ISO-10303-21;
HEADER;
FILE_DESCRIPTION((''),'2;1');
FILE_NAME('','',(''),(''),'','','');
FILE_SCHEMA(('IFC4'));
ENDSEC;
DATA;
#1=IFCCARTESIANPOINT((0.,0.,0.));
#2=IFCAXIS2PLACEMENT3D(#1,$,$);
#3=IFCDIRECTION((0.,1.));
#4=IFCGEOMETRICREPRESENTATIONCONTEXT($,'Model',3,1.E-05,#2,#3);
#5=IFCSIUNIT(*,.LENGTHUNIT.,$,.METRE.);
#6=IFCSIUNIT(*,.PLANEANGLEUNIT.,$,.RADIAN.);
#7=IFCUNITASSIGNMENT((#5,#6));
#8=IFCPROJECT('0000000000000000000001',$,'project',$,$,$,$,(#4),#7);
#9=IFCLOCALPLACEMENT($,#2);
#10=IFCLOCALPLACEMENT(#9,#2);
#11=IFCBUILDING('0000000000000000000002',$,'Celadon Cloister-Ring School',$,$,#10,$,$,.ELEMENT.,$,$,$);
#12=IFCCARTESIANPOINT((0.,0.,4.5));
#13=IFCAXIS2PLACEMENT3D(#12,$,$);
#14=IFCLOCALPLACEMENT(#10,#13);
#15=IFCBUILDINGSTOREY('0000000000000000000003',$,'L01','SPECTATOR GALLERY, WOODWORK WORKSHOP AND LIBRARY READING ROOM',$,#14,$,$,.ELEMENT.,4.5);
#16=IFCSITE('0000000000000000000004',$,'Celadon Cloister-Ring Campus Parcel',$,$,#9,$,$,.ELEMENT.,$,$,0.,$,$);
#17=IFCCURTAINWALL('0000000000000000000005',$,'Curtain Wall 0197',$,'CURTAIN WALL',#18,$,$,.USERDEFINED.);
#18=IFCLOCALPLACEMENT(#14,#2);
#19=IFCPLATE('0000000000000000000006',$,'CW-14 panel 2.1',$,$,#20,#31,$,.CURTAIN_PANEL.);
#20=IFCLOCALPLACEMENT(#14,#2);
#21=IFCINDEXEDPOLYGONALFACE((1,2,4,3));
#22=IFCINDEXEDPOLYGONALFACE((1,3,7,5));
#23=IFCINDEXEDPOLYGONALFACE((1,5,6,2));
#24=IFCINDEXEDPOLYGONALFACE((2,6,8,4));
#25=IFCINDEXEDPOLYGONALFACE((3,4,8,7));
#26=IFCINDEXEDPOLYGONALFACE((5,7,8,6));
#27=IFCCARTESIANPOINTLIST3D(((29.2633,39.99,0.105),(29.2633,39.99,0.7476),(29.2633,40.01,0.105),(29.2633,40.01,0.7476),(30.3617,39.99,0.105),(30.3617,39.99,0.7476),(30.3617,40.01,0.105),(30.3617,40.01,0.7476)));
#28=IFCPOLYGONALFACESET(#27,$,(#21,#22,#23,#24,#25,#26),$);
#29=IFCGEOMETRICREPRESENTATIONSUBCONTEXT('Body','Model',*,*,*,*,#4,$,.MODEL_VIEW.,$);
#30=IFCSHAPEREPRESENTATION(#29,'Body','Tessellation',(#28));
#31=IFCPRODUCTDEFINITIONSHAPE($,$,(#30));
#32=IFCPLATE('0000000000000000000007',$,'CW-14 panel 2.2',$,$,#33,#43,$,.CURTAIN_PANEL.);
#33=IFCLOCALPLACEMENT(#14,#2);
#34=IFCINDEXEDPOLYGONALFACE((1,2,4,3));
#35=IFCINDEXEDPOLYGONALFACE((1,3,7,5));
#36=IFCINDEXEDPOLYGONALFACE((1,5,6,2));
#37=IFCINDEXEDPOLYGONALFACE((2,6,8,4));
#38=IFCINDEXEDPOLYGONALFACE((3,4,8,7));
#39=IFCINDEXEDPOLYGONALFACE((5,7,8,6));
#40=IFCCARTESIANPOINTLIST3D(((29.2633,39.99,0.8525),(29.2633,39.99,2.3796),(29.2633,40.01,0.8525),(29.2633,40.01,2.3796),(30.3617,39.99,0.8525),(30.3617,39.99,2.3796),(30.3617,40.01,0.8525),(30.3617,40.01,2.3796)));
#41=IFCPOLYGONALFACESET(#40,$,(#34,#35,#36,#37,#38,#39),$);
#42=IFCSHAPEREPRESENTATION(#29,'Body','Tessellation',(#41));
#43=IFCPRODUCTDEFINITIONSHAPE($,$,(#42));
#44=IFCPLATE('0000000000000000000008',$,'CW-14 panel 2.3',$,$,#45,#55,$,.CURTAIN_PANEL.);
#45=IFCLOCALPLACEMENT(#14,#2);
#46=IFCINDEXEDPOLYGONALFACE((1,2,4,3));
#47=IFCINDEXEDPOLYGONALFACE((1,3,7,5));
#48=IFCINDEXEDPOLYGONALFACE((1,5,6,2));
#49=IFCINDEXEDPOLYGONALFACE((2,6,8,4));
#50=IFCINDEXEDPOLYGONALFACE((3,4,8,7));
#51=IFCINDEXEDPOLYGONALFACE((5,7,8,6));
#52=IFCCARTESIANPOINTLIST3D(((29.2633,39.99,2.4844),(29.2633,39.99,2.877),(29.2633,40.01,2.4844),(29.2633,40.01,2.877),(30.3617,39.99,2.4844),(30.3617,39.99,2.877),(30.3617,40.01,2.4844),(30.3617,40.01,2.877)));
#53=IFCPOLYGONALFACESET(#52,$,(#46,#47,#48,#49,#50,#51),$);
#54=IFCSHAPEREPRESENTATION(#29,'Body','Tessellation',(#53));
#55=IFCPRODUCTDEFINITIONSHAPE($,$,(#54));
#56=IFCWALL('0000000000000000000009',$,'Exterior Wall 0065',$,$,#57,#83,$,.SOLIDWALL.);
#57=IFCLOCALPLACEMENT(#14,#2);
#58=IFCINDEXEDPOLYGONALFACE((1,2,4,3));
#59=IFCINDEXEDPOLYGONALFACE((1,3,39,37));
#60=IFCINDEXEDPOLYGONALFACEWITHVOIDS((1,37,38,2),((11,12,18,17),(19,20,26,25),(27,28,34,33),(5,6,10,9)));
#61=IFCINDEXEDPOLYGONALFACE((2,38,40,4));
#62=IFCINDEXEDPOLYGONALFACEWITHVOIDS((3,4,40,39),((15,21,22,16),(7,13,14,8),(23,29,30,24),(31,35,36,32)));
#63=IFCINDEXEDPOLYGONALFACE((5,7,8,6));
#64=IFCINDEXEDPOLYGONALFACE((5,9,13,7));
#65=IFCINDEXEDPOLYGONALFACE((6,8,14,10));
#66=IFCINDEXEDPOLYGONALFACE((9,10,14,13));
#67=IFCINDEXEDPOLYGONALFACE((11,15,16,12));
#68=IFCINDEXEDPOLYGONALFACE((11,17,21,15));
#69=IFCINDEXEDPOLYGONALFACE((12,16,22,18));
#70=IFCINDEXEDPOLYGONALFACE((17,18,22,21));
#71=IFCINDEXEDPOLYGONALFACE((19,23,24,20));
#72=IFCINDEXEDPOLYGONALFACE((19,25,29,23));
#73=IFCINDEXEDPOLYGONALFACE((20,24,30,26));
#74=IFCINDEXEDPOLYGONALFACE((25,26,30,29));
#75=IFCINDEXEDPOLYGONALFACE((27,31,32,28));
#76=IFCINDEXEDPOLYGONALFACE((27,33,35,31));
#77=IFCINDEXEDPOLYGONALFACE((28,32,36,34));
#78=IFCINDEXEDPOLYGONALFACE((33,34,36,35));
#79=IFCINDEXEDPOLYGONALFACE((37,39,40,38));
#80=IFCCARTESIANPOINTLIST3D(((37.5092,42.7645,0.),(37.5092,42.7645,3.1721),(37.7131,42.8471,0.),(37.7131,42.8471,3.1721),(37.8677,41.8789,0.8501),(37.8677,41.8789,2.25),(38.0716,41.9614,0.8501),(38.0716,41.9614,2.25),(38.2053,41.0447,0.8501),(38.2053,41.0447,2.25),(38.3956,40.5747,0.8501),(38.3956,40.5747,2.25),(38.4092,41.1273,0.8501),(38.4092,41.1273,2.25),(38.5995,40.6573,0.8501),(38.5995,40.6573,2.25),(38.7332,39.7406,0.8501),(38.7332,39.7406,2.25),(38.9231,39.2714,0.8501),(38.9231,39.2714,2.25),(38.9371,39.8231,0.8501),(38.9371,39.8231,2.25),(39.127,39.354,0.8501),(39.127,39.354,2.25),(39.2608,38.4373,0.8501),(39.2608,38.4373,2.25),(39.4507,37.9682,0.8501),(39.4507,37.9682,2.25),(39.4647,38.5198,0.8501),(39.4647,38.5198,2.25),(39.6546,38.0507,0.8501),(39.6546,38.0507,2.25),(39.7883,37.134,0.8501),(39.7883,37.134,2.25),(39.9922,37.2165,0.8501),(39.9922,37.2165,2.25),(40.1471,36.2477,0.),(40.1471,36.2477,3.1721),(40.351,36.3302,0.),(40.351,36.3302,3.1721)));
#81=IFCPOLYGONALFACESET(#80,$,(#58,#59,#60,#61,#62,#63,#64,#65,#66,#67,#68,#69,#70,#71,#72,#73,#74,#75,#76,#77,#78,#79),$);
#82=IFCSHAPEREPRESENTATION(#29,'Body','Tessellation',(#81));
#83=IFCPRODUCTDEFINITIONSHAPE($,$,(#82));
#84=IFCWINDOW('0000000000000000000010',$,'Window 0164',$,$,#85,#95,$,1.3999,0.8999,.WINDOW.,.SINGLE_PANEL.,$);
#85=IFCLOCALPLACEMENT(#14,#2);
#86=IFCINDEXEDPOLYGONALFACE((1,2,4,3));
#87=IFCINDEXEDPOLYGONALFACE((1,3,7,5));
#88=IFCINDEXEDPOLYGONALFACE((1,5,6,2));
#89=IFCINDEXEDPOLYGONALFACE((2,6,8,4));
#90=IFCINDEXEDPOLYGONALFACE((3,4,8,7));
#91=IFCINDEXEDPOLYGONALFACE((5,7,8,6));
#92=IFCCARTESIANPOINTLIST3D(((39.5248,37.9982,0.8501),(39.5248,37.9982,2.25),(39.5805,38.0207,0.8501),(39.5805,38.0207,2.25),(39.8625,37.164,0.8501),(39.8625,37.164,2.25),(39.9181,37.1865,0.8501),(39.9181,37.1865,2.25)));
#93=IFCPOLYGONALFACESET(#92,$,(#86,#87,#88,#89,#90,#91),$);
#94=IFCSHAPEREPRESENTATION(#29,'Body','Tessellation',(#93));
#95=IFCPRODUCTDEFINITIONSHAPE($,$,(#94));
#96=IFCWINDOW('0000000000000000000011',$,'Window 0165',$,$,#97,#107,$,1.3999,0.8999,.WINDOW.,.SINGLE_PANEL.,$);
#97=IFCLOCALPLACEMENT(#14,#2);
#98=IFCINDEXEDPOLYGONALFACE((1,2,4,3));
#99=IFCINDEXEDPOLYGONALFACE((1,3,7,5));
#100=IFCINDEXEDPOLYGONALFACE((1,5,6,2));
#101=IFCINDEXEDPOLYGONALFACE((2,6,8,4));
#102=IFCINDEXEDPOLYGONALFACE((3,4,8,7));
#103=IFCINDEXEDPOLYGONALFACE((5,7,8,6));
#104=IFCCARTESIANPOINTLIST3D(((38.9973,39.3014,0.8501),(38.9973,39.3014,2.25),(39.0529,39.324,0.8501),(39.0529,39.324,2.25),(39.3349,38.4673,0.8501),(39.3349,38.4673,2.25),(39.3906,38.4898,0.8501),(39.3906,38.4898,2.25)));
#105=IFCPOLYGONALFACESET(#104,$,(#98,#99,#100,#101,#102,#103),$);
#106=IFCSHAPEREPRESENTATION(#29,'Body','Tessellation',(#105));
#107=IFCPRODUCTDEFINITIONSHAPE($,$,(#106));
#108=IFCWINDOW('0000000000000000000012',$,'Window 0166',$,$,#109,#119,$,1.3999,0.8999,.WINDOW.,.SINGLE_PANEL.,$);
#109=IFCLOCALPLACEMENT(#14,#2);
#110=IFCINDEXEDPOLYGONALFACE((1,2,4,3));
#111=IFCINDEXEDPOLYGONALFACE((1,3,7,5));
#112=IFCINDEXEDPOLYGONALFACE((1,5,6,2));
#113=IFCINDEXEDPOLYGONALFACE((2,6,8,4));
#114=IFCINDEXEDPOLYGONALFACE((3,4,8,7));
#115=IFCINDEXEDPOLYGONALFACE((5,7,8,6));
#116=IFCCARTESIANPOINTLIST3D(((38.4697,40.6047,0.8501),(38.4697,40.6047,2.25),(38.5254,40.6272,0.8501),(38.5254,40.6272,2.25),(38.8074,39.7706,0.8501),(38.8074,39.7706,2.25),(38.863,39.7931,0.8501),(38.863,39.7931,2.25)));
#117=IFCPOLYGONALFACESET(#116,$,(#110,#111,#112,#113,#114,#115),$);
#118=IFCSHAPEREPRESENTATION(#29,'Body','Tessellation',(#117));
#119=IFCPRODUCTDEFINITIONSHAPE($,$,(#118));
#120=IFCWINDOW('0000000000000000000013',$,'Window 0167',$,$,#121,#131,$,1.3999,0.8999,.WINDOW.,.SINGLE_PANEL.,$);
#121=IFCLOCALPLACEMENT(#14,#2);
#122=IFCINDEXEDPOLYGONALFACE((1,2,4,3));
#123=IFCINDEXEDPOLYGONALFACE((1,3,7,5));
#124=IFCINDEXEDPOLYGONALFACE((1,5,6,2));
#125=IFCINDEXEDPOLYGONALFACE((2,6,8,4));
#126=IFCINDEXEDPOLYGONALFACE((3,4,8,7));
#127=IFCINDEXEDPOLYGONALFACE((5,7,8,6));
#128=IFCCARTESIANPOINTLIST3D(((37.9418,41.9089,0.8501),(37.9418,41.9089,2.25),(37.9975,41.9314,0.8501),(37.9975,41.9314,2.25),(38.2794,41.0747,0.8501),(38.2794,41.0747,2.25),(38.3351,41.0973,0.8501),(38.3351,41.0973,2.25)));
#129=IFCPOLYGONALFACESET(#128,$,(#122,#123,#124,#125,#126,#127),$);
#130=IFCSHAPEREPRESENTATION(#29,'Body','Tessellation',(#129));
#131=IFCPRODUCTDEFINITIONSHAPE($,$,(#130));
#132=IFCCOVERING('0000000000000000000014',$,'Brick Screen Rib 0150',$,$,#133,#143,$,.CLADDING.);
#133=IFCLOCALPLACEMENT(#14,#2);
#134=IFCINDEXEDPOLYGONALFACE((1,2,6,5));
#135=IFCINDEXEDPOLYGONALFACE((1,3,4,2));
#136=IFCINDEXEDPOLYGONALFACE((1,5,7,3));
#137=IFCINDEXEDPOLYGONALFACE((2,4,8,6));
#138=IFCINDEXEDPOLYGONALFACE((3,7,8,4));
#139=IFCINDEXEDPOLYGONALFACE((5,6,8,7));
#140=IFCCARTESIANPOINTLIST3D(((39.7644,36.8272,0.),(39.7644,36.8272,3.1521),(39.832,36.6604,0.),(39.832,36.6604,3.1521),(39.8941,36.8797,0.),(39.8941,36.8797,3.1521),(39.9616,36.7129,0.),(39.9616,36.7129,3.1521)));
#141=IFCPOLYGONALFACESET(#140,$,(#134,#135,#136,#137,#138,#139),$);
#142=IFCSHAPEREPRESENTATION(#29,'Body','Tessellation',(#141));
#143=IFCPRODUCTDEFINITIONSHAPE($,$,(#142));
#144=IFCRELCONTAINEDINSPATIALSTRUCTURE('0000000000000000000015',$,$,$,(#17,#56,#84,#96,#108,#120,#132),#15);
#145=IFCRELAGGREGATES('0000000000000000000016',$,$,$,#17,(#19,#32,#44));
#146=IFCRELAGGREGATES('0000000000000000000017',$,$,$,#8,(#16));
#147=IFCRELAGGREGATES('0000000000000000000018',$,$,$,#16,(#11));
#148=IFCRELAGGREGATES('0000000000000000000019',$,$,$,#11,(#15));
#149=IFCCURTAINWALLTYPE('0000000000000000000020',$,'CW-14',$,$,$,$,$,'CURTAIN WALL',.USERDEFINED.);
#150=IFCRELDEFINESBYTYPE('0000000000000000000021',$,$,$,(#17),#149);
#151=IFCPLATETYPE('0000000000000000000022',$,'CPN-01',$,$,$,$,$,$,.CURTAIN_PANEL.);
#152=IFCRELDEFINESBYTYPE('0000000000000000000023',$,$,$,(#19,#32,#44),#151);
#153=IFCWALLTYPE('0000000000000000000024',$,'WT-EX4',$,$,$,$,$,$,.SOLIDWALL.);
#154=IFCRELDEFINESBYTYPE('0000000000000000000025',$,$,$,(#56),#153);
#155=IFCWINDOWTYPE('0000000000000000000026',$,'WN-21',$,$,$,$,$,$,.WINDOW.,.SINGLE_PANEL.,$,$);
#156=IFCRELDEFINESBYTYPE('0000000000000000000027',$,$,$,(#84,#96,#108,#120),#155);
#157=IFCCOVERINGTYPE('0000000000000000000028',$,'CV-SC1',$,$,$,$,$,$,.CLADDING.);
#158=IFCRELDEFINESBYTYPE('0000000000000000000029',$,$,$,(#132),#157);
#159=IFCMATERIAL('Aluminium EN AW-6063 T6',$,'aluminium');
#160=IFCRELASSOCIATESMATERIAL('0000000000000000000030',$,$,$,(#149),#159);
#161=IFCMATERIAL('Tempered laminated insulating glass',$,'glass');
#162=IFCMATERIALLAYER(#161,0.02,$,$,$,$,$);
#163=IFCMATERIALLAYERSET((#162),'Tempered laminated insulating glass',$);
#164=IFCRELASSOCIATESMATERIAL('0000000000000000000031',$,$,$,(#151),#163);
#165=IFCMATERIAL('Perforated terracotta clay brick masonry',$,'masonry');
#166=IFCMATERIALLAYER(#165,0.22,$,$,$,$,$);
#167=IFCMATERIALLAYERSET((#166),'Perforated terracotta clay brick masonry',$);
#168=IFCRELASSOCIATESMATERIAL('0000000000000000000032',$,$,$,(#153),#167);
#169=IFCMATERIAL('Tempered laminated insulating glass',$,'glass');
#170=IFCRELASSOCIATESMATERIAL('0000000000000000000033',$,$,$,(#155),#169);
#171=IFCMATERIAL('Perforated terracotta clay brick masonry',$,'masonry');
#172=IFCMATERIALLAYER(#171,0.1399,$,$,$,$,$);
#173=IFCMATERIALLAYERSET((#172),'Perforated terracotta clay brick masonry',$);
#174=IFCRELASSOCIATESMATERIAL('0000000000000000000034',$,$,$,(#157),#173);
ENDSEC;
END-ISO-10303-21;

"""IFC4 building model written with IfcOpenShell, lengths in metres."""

from ifc_helpers import new_model, si_unit, direction, frame, frame_2d, origin, origin_2d, place, context, subcontext, project, spatial, rectangle, extrude, material, layer, layer_set, type_object, element, fill, aggregate, save


model = new_model("IFC4")

# Units and contexts
model_context = context("Model", 3, precision=1e-05, world=origin(), true_north=direction((0.0, 1.0)))
body_context = subcontext(model_context, "Body", "Model", "MODEL_VIEW")
ifc_project = project(units=[si_unit("LENGTHUNIT", "METRE"), si_unit("PLANEANGLEUNIT", "RADIAN")], contexts=[model_context])

# Site, building, storey
site_placement = place(None, origin())
site = spatial("IfcSite", under=ifc_project, at=site_placement, Name="Celadon Cloister-Ring Campus Parcel", CompositionType="ELEMENT", RefElevation=0.0)
building_placement = place(site_placement, origin())
building = spatial("IfcBuilding", under=site, at=building_placement, Name="Celadon Cloister-Ring School", CompositionType="ELEMENT")
storey_placement = place(building_placement, frame((0.0, 0.0, 4.5)))
storey = spatial("IfcBuildingStorey", under=building, at=storey_placement, Name="L01", Description="SPECTATOR GALLERY, WOODWORK WORKSHOP AND LIBRARY READING ROOM", CompositionType="ELEMENT", Elevation=4.5)

# Curtain wall
ifc_material_1 = material(Name="Aluminium EN AW-6063 T6", Category="aluminium")
curtain_wall_type = type_object("IfcCurtainWallType", Name="CW-14", ElementType="CURTAIN WALL", PredefinedType="USERDEFINED", material=ifc_material_1)
curtain_wall_placement = place(storey_placement, origin())
curtain_wall = element("IfcCurtainWall", 1, at=curtain_wall_placement, inside=storey, type_object=curtain_wall_type, Name="Curtain Wall 0197", ObjectType="CURTAIN WALL", PredefinedType="USERDEFINED")

# Plates
ifc_material_2 = material(Name="Tempered laminated insulating glass", Category="glass")
ifc_layer_1 = layer(ifc_material_2, 0.02)
ifc_layer_set_1 = layer_set([ifc_layer_1], Name="Tempered laminated insulating glass")
plate_type = type_object("IfcPlateType", Name="CPN-01", PredefinedType="CURTAIN_PANEL", material=ifc_layer_set_1)
plate_1_placement = place(storey_placement, frame((29.8125, 40.0, 0.105), z_axis=(0.0, 0.0, 1.0), x_axis=(-1.0, 0.0, 0.0)))
plate_1 = element("IfcPlate", 2, at=plate_1_placement, type_object=plate_type, Name="CW-14 panel 2.1", PredefinedType="CURTAIN_PANEL", context=body_context, shape_type="SweptSolid", body=[
    extrude(rectangle(XDim=1.0984, YDim=0.02, at=origin_2d()), origin(), (0.0, 0.0, 1.0), 0.6426),
])
plate_2_placement = place(storey_placement, frame((29.8125, 40.0, 0.8525), z_axis=(0.0, 0.0, 1.0), x_axis=(-1.0, 0.0, 0.0)))
plate_2 = element("IfcPlate", 3, at=plate_2_placement, type_object=plate_type, Name="CW-14 panel 2.2", PredefinedType="CURTAIN_PANEL", context=body_context, shape_type="SweptSolid", body=[
    extrude(rectangle(XDim=1.0984, YDim=0.02, at=origin_2d()), origin(), (0.0, 0.0, 1.0), 1.5271),
])
plate_3_placement = place(storey_placement, frame((29.8125, 40.0, 2.4844), z_axis=(0.0, 0.0, 1.0), x_axis=(-1.0, 0.0, 0.0)))
plate_3 = element("IfcPlate", 4, at=plate_3_placement, type_object=plate_type, Name="CW-14 panel 2.3", PredefinedType="CURTAIN_PANEL", context=body_context, shape_type="SweptSolid", body=[
    extrude(rectangle(XDim=1.0984, YDim=0.02, at=origin_2d()), origin(), (0.0, 0.0, 1.0), 0.3926),
])
aggregate(curtain_wall, [plate_1, plate_2, plate_3])

# Wall, openings, windows
ifc_material_3 = material(Name="Perforated terracotta clay brick masonry", Category="masonry")
ifc_layer_2 = layer(ifc_material_3, 0.22)
ifc_layer_set_2 = layer_set([ifc_layer_2], Name="Perforated terracotta clay brick masonry")
wall_type = type_object("IfcWallType", Name="WT-EX4", PredefinedType="SOLIDWALL", material=ifc_layer_set_2)
wall_placement = place(storey_placement, frame((40.249, 36.2891, 0.0), z_axis=(0.0, 0.0, 1.0), x_axis=(-0.375213, 0.926938, 0.0)))
wall = element("IfcWall", 5, at=wall_placement, inside=storey, type_object=wall_type, Name="Exterior Wall 0065", PredefinedType="SOLIDWALL", context=body_context, shape_type="SweptSolid", body=[
    extrude(rectangle(XDim=7.0305, YDim=0.22, at=frame_2d((3.5151, 0.0))), origin(), (0.0, 0.0, 1.0), 3.1721),
])
opening_1_placement = place(wall_placement, frame((0.9561, 0.0, 0.8501)))
opening_1 = element("IfcOpeningElement", 6, at=opening_1_placement, cuts=wall, PredefinedType="OPENING", context=body_context, shape_type="SweptSolid", body=[
    extrude(rectangle(XDim=0.8999, YDim=1.3999, at=frame_2d((0.45, 0.7))), frame((0.0, 0.1201, 0.0), z_axis=(0.0, -1.0, 0.0), x_axis=(1.0, 0.0, 0.0)), (0.0, 0.0, 1.0), 0.24),
])
opening_2_placement = place(wall_placement, frame((2.3621, 0.0, 0.8501)))
opening_2 = element("IfcOpeningElement", 7, at=opening_2_placement, cuts=wall, PredefinedType="OPENING", context=body_context, shape_type="SweptSolid", body=[
    extrude(rectangle(XDim=0.8999, YDim=1.3999, at=frame_2d((0.45, 0.7))), frame((0.0, 0.1201, 0.0), z_axis=(0.0, -1.0, 0.0), x_axis=(1.0, 0.0, 0.0)), (0.0, 0.0, 1.0), 0.24),
])
opening_3_placement = place(wall_placement, frame((3.7681, 0.0, 0.8501)))
opening_3 = element("IfcOpeningElement", 8, at=opening_3_placement, cuts=wall, PredefinedType="OPENING", context=body_context, shape_type="SweptSolid", body=[
    extrude(rectangle(XDim=0.8999, YDim=1.3999, at=frame_2d((0.45, 0.7))), frame((0.0, 0.1201, 0.0), z_axis=(0.0, -1.0, 0.0), x_axis=(1.0, 0.0, 0.0)), (0.0, 0.0, 1.0), 0.24),
])
opening_4_placement = place(wall_placement, frame((5.175, 0.0, 0.8501)))
opening_4 = element("IfcOpeningElement", 9, at=opening_4_placement, cuts=wall, PredefinedType="OPENING", context=body_context, shape_type="SweptSolid", body=[
    extrude(rectangle(XDim=0.8999, YDim=1.3999, at=frame_2d((0.45, 0.7))), frame((0.0, 0.1201, 0.0), z_axis=(0.0, -1.0, 0.0), x_axis=(1.0, 0.0, 0.0)), (0.0, 0.0, 1.0), 0.24),
])
ifc_material_4 = material(Name="Tempered laminated insulating glass", Category="glass")
window_type = type_object("IfcWindowType", Name="WN-21", PartitioningType="SINGLE_PANEL", PredefinedType="WINDOW", material=ifc_material_4)
window_1_placement = place(opening_1_placement, origin())
window_1 = element("IfcWindow", 10, at=window_1_placement, inside=storey, type_object=window_type, Name="Window 0164", OverallHeight=1.3999, OverallWidth=0.8999, PartitioningType="SINGLE_PANEL", PredefinedType="WINDOW", context=body_context, shape_type="SweptSolid", body=[
    extrude(rectangle(XDim=0.8999, YDim=1.3999, at=frame_2d((0.45, 0.7))), frame((0.0, 0.03, 0.0), z_axis=(0.0, -1.0, 0.0), x_axis=(1.0, 0.0, 0.0)), (0.0, 0.0, 1.0), 0.0601),
])
fill(opening_1, window_1)
window_2_placement = place(opening_2_placement, origin())
window_2 = element("IfcWindow", 11, at=window_2_placement, inside=storey, type_object=window_type, Name="Window 0165", OverallHeight=1.3999, OverallWidth=0.8999, PartitioningType="SINGLE_PANEL", PredefinedType="WINDOW", context=body_context, shape_type="SweptSolid", body=[
    extrude(rectangle(XDim=0.8999, YDim=1.3999, at=frame_2d((0.45, 0.7))), frame((0.0, 0.03, 0.0), z_axis=(0.0, -1.0, 0.0), x_axis=(1.0, 0.0, 0.0)), (0.0, 0.0, 1.0), 0.0601),
])
fill(opening_2, window_2)
window_3_placement = place(opening_3_placement, origin())
window_3 = element("IfcWindow", 12, at=window_3_placement, inside=storey, type_object=window_type, Name="Window 0166", OverallHeight=1.3999, OverallWidth=0.8999, PartitioningType="SINGLE_PANEL", PredefinedType="WINDOW", context=body_context, shape_type="SweptSolid", body=[
    extrude(rectangle(XDim=0.8999, YDim=1.3999, at=frame_2d((0.45, 0.7))), frame((0.0, 0.03, 0.0), z_axis=(0.0, -1.0, 0.0), x_axis=(1.0, 0.0, 0.0)), (0.0, 0.0, 1.0), 0.0601),
])
fill(opening_3, window_3)
window_4_placement = place(opening_4_placement, origin())
window_4 = element("IfcWindow", 13, at=window_4_placement, inside=storey, type_object=window_type, Name="Window 0167", OverallHeight=1.3999, OverallWidth=0.8999, PartitioningType="SINGLE_PANEL", PredefinedType="WINDOW", context=body_context, shape_type="SweptSolid", body=[
    extrude(rectangle(XDim=0.8999, YDim=1.3999, at=frame_2d((0.45, 0.7))), frame((0.0, 0.03, 0.0), z_axis=(0.0, -1.0, 0.0), x_axis=(1.0, 0.0, 0.0)), (0.0, 0.0, 1.0), 0.0601),
])
fill(opening_4, window_4)

# Covering
ifc_material_5 = material(Name="Perforated terracotta clay brick masonry", Category="masonry")
ifc_layer_3 = layer(ifc_material_5, 0.1399)
ifc_layer_set_3 = layer_set([ifc_layer_3], Name="Perforated terracotta clay brick masonry")
covering_type = type_object("IfcCoveringType", Name="CV-SC1", PredefinedType="CLADDING", material=ifc_layer_set_3)
covering_placement = place(storey_placement, frame((39.863, 36.77, 0.0), z_axis=(0.0, 0.0, 1.0), x_axis=(-0.375205, 0.926942, 0.0)))
element("IfcCovering", 14, at=covering_placement, inside=storey, type_object=covering_type, Name="Brick Screen Rib 0150", PredefinedType="CLADDING", context=body_context, shape_type="SweptSolid", body=[
    extrude(rectangle(XDim=0.1799, YDim=0.1399, at=origin_2d()), origin(), (0.0, 0.0, 1.0), 3.1521),
])

save(model, "model.ifc")
